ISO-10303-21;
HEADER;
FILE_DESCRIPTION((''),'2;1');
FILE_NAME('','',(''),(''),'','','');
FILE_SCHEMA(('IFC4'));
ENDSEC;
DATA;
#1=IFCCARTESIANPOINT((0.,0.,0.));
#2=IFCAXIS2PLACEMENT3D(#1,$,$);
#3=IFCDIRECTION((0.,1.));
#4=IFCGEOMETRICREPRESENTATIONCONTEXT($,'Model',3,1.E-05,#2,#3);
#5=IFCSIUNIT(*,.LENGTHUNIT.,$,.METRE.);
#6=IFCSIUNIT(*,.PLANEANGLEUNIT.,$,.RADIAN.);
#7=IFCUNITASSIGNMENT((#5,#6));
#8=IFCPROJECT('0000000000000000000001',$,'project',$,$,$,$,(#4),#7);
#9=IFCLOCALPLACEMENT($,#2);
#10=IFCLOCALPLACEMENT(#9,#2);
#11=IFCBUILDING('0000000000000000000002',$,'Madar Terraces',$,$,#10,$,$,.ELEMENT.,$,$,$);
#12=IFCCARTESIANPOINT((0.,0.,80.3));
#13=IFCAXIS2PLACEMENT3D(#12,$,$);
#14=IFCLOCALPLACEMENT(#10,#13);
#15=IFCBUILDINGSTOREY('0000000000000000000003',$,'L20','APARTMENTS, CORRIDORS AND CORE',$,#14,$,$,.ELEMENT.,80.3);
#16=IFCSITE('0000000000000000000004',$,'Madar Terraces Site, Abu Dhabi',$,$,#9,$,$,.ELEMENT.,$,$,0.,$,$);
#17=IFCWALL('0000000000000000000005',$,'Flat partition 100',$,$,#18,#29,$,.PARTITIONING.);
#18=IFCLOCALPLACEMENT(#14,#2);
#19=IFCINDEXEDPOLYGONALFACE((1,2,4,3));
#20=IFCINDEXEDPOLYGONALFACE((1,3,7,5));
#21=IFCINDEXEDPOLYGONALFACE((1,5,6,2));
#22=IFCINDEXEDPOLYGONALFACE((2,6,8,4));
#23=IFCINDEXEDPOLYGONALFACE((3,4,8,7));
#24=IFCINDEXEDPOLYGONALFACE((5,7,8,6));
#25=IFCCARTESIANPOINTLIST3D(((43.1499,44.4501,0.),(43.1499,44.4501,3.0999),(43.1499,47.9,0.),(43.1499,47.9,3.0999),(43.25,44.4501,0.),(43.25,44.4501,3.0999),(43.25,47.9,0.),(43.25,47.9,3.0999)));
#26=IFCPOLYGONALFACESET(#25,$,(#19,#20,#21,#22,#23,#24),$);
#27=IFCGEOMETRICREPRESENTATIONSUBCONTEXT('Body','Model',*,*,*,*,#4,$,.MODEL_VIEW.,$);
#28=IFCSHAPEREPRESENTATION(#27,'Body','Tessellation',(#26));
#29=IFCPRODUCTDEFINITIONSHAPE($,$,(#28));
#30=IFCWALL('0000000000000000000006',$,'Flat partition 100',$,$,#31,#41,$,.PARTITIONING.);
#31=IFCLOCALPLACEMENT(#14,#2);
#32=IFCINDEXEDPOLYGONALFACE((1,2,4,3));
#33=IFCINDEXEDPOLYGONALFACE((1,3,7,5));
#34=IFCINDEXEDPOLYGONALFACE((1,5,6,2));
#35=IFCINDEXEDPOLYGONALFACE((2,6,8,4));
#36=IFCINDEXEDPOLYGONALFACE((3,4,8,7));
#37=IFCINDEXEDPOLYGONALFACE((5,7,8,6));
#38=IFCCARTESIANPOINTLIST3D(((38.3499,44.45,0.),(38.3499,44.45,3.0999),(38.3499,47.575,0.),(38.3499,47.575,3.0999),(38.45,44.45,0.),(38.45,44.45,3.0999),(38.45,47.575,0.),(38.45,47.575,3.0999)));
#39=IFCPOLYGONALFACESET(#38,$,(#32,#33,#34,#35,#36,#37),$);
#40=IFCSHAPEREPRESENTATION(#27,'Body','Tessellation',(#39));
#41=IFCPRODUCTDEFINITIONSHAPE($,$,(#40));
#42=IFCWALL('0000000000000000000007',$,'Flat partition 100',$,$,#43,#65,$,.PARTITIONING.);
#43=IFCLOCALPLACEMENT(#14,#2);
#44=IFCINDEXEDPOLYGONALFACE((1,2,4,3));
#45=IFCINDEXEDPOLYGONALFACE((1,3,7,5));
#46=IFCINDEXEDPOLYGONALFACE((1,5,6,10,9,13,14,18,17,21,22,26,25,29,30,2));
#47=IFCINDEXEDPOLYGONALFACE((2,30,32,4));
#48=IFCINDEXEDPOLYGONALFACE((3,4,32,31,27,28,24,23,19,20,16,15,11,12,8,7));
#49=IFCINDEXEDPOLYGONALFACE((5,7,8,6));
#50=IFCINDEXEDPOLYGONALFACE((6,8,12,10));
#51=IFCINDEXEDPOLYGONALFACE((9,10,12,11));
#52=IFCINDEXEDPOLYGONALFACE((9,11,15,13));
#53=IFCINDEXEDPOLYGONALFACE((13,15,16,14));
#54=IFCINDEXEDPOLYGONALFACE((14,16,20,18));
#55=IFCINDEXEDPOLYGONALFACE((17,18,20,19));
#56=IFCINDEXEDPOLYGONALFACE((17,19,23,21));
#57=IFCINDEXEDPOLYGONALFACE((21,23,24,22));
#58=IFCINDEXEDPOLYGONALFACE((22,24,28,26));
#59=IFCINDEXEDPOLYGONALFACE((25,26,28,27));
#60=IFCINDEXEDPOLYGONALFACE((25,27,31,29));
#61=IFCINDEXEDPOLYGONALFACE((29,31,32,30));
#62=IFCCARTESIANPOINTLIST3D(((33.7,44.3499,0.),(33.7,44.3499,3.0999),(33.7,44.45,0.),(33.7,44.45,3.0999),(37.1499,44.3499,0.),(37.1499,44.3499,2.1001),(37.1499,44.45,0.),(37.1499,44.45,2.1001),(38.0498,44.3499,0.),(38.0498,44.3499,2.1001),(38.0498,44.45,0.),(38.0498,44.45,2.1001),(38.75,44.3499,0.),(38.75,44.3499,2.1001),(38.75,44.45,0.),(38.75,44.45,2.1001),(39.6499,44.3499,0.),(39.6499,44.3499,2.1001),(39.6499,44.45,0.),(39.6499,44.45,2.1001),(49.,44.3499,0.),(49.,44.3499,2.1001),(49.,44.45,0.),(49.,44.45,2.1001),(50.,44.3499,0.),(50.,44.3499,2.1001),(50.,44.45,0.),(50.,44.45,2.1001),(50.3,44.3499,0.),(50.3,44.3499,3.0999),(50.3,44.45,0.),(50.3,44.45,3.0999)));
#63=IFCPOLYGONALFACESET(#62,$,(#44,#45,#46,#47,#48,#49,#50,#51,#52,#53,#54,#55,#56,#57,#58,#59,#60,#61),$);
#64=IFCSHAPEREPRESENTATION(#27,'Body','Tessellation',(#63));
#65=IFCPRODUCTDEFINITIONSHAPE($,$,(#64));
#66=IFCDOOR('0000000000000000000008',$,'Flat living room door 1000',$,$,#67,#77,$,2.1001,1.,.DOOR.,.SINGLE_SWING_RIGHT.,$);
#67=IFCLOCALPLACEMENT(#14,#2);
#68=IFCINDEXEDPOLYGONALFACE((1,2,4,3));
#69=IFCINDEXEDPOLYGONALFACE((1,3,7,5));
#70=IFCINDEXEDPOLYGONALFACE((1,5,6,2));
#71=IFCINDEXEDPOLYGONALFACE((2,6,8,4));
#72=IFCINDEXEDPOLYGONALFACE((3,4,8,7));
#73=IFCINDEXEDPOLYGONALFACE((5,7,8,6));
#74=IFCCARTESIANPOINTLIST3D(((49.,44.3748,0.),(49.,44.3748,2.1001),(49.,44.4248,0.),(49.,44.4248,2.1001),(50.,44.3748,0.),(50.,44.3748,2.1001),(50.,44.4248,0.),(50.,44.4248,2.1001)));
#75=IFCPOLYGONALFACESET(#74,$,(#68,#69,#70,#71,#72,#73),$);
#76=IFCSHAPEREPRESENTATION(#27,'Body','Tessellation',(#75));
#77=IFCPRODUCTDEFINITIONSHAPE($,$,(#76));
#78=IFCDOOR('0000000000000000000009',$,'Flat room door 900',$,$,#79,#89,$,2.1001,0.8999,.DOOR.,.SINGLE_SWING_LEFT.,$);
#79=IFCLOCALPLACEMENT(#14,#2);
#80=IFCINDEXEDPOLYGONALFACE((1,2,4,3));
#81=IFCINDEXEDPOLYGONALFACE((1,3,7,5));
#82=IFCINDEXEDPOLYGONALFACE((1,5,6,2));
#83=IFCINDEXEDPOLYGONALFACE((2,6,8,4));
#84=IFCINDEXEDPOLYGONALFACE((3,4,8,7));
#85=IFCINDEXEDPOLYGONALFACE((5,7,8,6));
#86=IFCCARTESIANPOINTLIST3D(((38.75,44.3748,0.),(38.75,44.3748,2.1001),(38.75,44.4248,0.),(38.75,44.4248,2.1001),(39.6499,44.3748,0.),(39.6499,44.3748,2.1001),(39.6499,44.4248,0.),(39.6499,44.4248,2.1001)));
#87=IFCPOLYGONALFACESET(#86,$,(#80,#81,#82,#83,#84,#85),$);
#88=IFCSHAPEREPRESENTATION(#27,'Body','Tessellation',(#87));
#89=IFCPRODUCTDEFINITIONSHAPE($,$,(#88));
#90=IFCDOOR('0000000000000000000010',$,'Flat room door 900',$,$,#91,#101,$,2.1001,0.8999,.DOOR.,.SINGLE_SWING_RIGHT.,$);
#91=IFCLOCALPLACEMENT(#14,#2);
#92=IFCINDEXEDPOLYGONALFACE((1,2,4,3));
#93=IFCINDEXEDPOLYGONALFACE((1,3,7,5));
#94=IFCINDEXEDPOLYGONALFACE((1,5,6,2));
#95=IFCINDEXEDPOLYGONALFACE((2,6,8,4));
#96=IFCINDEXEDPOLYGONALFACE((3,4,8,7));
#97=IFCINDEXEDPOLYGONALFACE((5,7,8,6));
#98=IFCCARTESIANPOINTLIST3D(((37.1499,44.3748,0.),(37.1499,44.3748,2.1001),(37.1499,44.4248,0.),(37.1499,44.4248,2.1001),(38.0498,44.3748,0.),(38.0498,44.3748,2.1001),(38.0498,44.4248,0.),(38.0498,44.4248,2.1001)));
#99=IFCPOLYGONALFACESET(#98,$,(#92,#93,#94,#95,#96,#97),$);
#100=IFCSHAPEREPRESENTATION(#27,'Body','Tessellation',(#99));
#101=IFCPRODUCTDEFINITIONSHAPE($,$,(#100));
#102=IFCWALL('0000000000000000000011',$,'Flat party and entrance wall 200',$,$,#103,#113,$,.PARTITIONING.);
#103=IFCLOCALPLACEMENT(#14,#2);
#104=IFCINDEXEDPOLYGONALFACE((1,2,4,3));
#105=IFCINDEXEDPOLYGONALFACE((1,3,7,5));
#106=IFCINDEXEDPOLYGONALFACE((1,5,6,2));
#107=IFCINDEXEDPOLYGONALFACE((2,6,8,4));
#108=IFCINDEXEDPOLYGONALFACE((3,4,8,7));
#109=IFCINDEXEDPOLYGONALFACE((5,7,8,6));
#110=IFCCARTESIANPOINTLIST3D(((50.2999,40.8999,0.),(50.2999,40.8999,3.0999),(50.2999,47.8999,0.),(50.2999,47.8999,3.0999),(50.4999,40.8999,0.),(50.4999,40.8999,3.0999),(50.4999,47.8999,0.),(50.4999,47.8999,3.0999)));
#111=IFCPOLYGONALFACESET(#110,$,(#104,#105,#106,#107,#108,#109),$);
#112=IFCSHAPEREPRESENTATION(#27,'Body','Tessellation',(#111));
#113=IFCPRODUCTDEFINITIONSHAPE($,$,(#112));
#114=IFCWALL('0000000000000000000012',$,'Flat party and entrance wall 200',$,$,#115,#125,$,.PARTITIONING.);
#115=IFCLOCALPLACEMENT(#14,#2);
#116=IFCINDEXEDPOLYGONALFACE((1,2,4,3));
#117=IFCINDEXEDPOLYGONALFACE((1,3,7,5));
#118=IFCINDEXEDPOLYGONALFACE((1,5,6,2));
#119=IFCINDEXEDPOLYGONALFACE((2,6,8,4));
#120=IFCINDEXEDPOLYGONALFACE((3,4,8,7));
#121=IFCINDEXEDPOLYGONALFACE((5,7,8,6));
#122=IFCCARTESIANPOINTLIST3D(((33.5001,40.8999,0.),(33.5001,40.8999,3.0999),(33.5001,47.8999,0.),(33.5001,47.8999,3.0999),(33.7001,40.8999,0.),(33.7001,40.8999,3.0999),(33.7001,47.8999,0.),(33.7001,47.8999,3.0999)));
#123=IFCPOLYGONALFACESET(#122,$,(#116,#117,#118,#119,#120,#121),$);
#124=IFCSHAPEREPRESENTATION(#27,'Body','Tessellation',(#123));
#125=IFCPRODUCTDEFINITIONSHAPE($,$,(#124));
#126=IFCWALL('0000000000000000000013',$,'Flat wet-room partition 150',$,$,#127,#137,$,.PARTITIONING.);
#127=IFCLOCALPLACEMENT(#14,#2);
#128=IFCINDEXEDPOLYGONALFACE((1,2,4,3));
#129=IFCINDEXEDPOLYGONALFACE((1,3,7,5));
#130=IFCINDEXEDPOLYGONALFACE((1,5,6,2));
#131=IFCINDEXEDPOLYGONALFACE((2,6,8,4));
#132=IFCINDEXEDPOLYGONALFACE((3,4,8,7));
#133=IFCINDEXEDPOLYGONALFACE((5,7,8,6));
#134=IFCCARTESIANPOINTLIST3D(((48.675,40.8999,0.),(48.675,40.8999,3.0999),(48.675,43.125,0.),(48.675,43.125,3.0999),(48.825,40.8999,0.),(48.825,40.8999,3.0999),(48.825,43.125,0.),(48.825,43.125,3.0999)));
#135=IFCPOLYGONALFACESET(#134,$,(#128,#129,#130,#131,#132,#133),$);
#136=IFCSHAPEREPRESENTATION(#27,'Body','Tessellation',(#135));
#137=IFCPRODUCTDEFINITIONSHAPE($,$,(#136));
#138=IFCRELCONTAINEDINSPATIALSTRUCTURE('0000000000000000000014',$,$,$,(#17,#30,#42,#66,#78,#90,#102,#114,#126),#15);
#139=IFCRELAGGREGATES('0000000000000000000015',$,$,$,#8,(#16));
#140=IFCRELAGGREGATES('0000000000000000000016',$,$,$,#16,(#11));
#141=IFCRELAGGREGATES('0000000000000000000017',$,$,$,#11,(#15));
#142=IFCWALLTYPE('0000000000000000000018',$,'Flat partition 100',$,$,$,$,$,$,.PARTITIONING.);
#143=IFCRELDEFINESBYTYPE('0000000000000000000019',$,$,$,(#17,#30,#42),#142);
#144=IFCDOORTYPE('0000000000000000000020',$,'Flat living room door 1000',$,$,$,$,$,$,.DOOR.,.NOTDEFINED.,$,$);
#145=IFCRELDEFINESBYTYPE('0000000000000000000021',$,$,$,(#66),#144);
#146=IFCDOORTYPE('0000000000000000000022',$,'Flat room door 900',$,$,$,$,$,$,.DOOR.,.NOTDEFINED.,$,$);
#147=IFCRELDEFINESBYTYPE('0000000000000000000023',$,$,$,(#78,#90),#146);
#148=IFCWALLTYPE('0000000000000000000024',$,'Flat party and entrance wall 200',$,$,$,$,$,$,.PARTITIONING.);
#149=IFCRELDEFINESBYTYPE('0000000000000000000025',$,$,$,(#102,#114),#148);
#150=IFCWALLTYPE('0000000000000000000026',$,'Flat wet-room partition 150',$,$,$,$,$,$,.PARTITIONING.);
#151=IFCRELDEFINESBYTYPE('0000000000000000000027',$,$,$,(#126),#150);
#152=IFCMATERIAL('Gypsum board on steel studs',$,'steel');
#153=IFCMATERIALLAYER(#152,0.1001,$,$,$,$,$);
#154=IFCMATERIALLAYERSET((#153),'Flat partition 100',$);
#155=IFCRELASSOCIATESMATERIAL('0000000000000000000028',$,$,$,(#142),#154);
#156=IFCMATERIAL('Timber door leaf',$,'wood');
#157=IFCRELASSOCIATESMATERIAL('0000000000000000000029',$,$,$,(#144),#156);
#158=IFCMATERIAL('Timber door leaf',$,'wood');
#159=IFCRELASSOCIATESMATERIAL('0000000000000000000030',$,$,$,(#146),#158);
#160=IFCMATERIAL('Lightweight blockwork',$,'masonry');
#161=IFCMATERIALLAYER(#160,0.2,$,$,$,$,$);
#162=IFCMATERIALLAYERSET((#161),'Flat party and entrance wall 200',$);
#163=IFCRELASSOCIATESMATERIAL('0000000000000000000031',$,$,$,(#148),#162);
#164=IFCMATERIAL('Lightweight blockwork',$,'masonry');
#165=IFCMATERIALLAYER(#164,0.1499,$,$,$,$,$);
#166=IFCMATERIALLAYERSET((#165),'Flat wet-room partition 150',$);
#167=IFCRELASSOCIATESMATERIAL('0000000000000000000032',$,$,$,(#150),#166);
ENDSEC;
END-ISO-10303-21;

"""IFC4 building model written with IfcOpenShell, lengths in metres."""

from ifc_helpers import new_model, si_unit, direction, frame, frame_2d, origin, place, context, subcontext, project, spatial, rectangle, extrude, material, layer, layer_set, type_object, element, fill, save


model = new_model("IFC4")

# Units and contexts
model_context = context("Model", 3, precision=1e-05, world=origin(), true_north=direction((0.0, 1.0)))
body_context = subcontext(model_context, "Body", "Model", "MODEL_VIEW")
ifc_project = project(units=[si_unit("LENGTHUNIT", "METRE"), si_unit("PLANEANGLEUNIT", "RADIAN")], contexts=[model_context])

# Site, building, storey
site_placement = place(None, origin())
site = spatial("IfcSite", under=ifc_project, at=site_placement, Name="Madar Terraces Site, Abu Dhabi", CompositionType="ELEMENT", RefElevation=0.0)
building_placement = place(site_placement, origin())
building = spatial("IfcBuilding", under=site, at=building_placement, Name="Madar Terraces", CompositionType="ELEMENT")
storey_placement = place(building_placement, frame((0.0, 0.0, 80.3)))
storey = spatial("IfcBuildingStorey", under=building, at=storey_placement, Name="L20", Description="APARTMENTS, CORRIDORS AND CORE", CompositionType="ELEMENT", Elevation=80.3)

# Walls
ifc_material_1 = material(Name="Gypsum board on steel studs", Category="steel")
ifc_layer_1 = layer(ifc_material_1, 0.1001)
ifc_layer_set_1 = layer_set([ifc_layer_1], Name="Flat partition 100")
wall_type_1 = type_object("IfcWallType", Name="Flat partition 100", PredefinedType="PARTITIONING", material=ifc_layer_set_1)
wall_1_placement = place(storey_placement, frame((43.2, 44.45, 0.0), z_axis=(0.0, 0.0, 1.0), x_axis=(0.0, 1.0, 0.0)))
element("IfcWall", 1, at=wall_1_placement, inside=storey, type_object=wall_type_1, Name="Flat partition 100", PredefinedType="PARTITIONING", context=body_context, shape_type="SweptSolid", body=[
    extrude(rectangle(XDim=3.45, YDim=0.1001, at=frame_2d((1.7251, 0.0))), origin(), (0.0, 0.0, 1.0), 3.0999),
])
wall_2_placement = place(storey_placement, frame((38.3999, 44.45, 0.0), z_axis=(0.0, 0.0, 1.0), x_axis=(0.0, 1.0, 0.0)))
element("IfcWall", 2, at=wall_2_placement, inside=storey, type_object=wall_type_1, Name="Flat partition 100", PredefinedType="PARTITIONING", context=body_context, shape_type="SweptSolid", body=[
    extrude(rectangle(XDim=3.125, YDim=0.1001, at=frame_2d((1.5625, 0.0))), origin(), (0.0, 0.0, 1.0), 3.0999),
])

# Wall, openings, doors
wall_3_placement = place(storey_placement, frame((33.7, 44.3999, 0.0), z_axis=(0.0, 0.0, 1.0), x_axis=(1.0, 0.0, 0.0)))
wall_3 = element("IfcWall", 3, at=wall_3_placement, inside=storey, type_object=wall_type_1, Name="Flat partition 100", PredefinedType="PARTITIONING", context=body_context, shape_type="SweptSolid", body=[
    extrude(rectangle(XDim=16.6001, YDim=0.1001, at=frame_2d((8.3, 0.0))), origin(), (0.0, 0.0, 1.0), 3.0999),
])
opening_1_placement = place(wall_3_placement, frame((15.3, 0.0, 0.0)))
opening_1 = element("IfcOpeningElement", 4, at=opening_1_placement, cuts=wall_3, PredefinedType="OPENING", context=body_context, shape_type="SweptSolid", body=[
    extrude(rectangle(XDim=1.0, YDim=2.1001, at=frame_2d((0.5, 1.05))), frame((0.0, 0.0601, 0.0), z_axis=(0.0, -1.0, 0.0), x_axis=(1.0, 0.0, 0.0)), (0.0, 0.0, 1.0), 0.1201),
])
opening_2_placement = place(wall_3_placement, frame((5.05, 0.0, 0.0)))
opening_2 = element("IfcOpeningElement", 5, at=opening_2_placement, cuts=wall_3, PredefinedType="OPENING", context=body_context, shape_type="SweptSolid", body=[
    extrude(rectangle(XDim=0.8999, YDim=2.1001, at=frame_2d((0.45, 1.05))), frame((0.0, 0.0601, 0.0), z_axis=(0.0, -1.0, 0.0), x_axis=(1.0, 0.0, 0.0)), (0.0, 0.0, 1.0), 0.1201),
])
opening_3_placement = place(wall_3_placement, frame((3.45, 0.0, 0.0)))
opening_3 = element("IfcOpeningElement", 6, at=opening_3_placement, cuts=wall_3, PredefinedType="OPENING", context=body_context, shape_type="SweptSolid", body=[
    extrude(rectangle(XDim=0.8999, YDim=2.1001, at=frame_2d((0.45, 1.05))), frame((0.0, 0.0601, 0.0), z_axis=(0.0, -1.0, 0.0), x_axis=(1.0, 0.0, 0.0)), (0.0, 0.0, 1.0), 0.1201),
])
ifc_material_2 = material(Name="Timber door leaf", Category="wood")
door_type_1 = type_object("IfcDoorType", Name="Flat living room door 1000", OperationType="NOTDEFINED", PredefinedType="DOOR", material=ifc_material_2)
door_1_placement = place(opening_1_placement, origin())
door_1 = element("IfcDoor", 7, at=door_1_placement, inside=storey, type_object=door_type_1, Name="Flat living room door 1000", OperationType="SINGLE_SWING_RIGHT", OverallHeight=2.1001, OverallWidth=1.0, PredefinedType="DOOR", context=body_context, shape_type="SweptSolid", body=[
    extrude(rectangle(XDim=1.0, YDim=2.1001, at=frame_2d((0.5, 1.05))), frame((0.0, 0.0249, 0.0), z_axis=(0.0, -1.0, 0.0), x_axis=(1.0, 0.0, 0.0)), (0.0, 0.0, 1.0), 0.05),
])
fill(opening_1, door_1)
ifc_material_3 = material(Name="Timber door leaf", Category="wood")
door_type_2 = type_object("IfcDoorType", Name="Flat room door 900", OperationType="NOTDEFINED", PredefinedType="DOOR", material=ifc_material_3)
door_2_placement = place(opening_2_placement, origin())
door_2 = element("IfcDoor", 8, at=door_2_placement, inside=storey, type_object=door_type_2, Name="Flat room door 900", OperationType="SINGLE_SWING_LEFT", OverallHeight=2.1001, OverallWidth=0.8999, PredefinedType="DOOR", context=body_context, shape_type="SweptSolid", body=[
    extrude(rectangle(XDim=0.8999, YDim=2.1001, at=frame_2d((0.45, 1.05))), frame((0.0, 0.0249, 0.0), z_axis=(0.0, -1.0, 0.0), x_axis=(1.0, 0.0, 0.0)), (0.0, 0.0, 1.0), 0.05),
])
fill(opening_2, door_2)
door_3_placement = place(opening_3_placement, origin())
door_3 = element("IfcDoor", 9, at=door_3_placement, inside=storey, type_object=door_type_2, Name="Flat room door 900", OperationType="SINGLE_SWING_RIGHT", OverallHeight=2.1001, OverallWidth=0.8999, PredefinedType="DOOR", context=body_context, shape_type="SweptSolid", body=[
    extrude(rectangle(XDim=0.8999, YDim=2.1001, at=frame_2d((0.45, 1.05))), frame((0.0, 0.0249, 0.0), z_axis=(0.0, -1.0, 0.0), x_axis=(1.0, 0.0, 0.0)), (0.0, 0.0, 1.0), 0.05),
])
fill(opening_3, door_3)

# Walls
ifc_material_4 = material(Name="Lightweight blockwork", Category="masonry")
ifc_layer_2 = layer(ifc_material_4, 0.2)
ifc_layer_set_2 = layer_set([ifc_layer_2], Name="Flat party and entrance wall 200")
wall_type_2 = type_object("IfcWallType", Name="Flat party and entrance wall 200", PredefinedType="PARTITIONING", material=ifc_layer_set_2)
for number, where, z_axis, x_axis, name in (
    (10, (50.3999, 40.8999, 0.0), (0.0, 0.0, 1.0), (0.0, 1.0, 0.0), "Flat party and entrance wall 200"),
    (11, (33.6001, 47.8999, 0.0), (0.0, 0.0, 1.0), (0.0, -1.0, 0.0), "Flat party and entrance wall 200"),
):
    element("IfcWall", number, at=place(storey_placement, frame(where, z_axis=z_axis, x_axis=x_axis)), inside=storey, type_object=wall_type_2, Name=name, PredefinedType="PARTITIONING", context=body_context, shape_type="SweptSolid", body=[
        extrude(rectangle(XDim=7.0, YDim=0.2, at=frame_2d((3.5, 0.0))), origin(), (0.0, 0.0, 1.0), 3.0999),
    ])
ifc_material_5 = material(Name="Lightweight blockwork", Category="masonry")
ifc_layer_3 = layer(ifc_material_5, 0.1499)
ifc_layer_set_3 = layer_set([ifc_layer_3], Name="Flat wet-room partition 150")
wall_type_3 = type_object("IfcWallType", Name="Flat wet-room partition 150", PredefinedType="PARTITIONING", material=ifc_layer_set_3)
wall_4_placement = place(storey_placement, frame((48.75, 40.8999, 0.0), z_axis=(0.0, 0.0, 1.0), x_axis=(0.0, 1.0, 0.0)))
element("IfcWall", 12, at=wall_4_placement, inside=storey, type_object=wall_type_3, Name="Flat wet-room partition 150", PredefinedType="PARTITIONING", context=body_context, shape_type="SweptSolid", body=[
    extrude(rectangle(XDim=2.2251, YDim=0.1499, at=frame_2d((1.1125, 0.0))), origin(), (0.0, 0.0, 1.0), 3.0999),
])

save(model, "model.ifc")
